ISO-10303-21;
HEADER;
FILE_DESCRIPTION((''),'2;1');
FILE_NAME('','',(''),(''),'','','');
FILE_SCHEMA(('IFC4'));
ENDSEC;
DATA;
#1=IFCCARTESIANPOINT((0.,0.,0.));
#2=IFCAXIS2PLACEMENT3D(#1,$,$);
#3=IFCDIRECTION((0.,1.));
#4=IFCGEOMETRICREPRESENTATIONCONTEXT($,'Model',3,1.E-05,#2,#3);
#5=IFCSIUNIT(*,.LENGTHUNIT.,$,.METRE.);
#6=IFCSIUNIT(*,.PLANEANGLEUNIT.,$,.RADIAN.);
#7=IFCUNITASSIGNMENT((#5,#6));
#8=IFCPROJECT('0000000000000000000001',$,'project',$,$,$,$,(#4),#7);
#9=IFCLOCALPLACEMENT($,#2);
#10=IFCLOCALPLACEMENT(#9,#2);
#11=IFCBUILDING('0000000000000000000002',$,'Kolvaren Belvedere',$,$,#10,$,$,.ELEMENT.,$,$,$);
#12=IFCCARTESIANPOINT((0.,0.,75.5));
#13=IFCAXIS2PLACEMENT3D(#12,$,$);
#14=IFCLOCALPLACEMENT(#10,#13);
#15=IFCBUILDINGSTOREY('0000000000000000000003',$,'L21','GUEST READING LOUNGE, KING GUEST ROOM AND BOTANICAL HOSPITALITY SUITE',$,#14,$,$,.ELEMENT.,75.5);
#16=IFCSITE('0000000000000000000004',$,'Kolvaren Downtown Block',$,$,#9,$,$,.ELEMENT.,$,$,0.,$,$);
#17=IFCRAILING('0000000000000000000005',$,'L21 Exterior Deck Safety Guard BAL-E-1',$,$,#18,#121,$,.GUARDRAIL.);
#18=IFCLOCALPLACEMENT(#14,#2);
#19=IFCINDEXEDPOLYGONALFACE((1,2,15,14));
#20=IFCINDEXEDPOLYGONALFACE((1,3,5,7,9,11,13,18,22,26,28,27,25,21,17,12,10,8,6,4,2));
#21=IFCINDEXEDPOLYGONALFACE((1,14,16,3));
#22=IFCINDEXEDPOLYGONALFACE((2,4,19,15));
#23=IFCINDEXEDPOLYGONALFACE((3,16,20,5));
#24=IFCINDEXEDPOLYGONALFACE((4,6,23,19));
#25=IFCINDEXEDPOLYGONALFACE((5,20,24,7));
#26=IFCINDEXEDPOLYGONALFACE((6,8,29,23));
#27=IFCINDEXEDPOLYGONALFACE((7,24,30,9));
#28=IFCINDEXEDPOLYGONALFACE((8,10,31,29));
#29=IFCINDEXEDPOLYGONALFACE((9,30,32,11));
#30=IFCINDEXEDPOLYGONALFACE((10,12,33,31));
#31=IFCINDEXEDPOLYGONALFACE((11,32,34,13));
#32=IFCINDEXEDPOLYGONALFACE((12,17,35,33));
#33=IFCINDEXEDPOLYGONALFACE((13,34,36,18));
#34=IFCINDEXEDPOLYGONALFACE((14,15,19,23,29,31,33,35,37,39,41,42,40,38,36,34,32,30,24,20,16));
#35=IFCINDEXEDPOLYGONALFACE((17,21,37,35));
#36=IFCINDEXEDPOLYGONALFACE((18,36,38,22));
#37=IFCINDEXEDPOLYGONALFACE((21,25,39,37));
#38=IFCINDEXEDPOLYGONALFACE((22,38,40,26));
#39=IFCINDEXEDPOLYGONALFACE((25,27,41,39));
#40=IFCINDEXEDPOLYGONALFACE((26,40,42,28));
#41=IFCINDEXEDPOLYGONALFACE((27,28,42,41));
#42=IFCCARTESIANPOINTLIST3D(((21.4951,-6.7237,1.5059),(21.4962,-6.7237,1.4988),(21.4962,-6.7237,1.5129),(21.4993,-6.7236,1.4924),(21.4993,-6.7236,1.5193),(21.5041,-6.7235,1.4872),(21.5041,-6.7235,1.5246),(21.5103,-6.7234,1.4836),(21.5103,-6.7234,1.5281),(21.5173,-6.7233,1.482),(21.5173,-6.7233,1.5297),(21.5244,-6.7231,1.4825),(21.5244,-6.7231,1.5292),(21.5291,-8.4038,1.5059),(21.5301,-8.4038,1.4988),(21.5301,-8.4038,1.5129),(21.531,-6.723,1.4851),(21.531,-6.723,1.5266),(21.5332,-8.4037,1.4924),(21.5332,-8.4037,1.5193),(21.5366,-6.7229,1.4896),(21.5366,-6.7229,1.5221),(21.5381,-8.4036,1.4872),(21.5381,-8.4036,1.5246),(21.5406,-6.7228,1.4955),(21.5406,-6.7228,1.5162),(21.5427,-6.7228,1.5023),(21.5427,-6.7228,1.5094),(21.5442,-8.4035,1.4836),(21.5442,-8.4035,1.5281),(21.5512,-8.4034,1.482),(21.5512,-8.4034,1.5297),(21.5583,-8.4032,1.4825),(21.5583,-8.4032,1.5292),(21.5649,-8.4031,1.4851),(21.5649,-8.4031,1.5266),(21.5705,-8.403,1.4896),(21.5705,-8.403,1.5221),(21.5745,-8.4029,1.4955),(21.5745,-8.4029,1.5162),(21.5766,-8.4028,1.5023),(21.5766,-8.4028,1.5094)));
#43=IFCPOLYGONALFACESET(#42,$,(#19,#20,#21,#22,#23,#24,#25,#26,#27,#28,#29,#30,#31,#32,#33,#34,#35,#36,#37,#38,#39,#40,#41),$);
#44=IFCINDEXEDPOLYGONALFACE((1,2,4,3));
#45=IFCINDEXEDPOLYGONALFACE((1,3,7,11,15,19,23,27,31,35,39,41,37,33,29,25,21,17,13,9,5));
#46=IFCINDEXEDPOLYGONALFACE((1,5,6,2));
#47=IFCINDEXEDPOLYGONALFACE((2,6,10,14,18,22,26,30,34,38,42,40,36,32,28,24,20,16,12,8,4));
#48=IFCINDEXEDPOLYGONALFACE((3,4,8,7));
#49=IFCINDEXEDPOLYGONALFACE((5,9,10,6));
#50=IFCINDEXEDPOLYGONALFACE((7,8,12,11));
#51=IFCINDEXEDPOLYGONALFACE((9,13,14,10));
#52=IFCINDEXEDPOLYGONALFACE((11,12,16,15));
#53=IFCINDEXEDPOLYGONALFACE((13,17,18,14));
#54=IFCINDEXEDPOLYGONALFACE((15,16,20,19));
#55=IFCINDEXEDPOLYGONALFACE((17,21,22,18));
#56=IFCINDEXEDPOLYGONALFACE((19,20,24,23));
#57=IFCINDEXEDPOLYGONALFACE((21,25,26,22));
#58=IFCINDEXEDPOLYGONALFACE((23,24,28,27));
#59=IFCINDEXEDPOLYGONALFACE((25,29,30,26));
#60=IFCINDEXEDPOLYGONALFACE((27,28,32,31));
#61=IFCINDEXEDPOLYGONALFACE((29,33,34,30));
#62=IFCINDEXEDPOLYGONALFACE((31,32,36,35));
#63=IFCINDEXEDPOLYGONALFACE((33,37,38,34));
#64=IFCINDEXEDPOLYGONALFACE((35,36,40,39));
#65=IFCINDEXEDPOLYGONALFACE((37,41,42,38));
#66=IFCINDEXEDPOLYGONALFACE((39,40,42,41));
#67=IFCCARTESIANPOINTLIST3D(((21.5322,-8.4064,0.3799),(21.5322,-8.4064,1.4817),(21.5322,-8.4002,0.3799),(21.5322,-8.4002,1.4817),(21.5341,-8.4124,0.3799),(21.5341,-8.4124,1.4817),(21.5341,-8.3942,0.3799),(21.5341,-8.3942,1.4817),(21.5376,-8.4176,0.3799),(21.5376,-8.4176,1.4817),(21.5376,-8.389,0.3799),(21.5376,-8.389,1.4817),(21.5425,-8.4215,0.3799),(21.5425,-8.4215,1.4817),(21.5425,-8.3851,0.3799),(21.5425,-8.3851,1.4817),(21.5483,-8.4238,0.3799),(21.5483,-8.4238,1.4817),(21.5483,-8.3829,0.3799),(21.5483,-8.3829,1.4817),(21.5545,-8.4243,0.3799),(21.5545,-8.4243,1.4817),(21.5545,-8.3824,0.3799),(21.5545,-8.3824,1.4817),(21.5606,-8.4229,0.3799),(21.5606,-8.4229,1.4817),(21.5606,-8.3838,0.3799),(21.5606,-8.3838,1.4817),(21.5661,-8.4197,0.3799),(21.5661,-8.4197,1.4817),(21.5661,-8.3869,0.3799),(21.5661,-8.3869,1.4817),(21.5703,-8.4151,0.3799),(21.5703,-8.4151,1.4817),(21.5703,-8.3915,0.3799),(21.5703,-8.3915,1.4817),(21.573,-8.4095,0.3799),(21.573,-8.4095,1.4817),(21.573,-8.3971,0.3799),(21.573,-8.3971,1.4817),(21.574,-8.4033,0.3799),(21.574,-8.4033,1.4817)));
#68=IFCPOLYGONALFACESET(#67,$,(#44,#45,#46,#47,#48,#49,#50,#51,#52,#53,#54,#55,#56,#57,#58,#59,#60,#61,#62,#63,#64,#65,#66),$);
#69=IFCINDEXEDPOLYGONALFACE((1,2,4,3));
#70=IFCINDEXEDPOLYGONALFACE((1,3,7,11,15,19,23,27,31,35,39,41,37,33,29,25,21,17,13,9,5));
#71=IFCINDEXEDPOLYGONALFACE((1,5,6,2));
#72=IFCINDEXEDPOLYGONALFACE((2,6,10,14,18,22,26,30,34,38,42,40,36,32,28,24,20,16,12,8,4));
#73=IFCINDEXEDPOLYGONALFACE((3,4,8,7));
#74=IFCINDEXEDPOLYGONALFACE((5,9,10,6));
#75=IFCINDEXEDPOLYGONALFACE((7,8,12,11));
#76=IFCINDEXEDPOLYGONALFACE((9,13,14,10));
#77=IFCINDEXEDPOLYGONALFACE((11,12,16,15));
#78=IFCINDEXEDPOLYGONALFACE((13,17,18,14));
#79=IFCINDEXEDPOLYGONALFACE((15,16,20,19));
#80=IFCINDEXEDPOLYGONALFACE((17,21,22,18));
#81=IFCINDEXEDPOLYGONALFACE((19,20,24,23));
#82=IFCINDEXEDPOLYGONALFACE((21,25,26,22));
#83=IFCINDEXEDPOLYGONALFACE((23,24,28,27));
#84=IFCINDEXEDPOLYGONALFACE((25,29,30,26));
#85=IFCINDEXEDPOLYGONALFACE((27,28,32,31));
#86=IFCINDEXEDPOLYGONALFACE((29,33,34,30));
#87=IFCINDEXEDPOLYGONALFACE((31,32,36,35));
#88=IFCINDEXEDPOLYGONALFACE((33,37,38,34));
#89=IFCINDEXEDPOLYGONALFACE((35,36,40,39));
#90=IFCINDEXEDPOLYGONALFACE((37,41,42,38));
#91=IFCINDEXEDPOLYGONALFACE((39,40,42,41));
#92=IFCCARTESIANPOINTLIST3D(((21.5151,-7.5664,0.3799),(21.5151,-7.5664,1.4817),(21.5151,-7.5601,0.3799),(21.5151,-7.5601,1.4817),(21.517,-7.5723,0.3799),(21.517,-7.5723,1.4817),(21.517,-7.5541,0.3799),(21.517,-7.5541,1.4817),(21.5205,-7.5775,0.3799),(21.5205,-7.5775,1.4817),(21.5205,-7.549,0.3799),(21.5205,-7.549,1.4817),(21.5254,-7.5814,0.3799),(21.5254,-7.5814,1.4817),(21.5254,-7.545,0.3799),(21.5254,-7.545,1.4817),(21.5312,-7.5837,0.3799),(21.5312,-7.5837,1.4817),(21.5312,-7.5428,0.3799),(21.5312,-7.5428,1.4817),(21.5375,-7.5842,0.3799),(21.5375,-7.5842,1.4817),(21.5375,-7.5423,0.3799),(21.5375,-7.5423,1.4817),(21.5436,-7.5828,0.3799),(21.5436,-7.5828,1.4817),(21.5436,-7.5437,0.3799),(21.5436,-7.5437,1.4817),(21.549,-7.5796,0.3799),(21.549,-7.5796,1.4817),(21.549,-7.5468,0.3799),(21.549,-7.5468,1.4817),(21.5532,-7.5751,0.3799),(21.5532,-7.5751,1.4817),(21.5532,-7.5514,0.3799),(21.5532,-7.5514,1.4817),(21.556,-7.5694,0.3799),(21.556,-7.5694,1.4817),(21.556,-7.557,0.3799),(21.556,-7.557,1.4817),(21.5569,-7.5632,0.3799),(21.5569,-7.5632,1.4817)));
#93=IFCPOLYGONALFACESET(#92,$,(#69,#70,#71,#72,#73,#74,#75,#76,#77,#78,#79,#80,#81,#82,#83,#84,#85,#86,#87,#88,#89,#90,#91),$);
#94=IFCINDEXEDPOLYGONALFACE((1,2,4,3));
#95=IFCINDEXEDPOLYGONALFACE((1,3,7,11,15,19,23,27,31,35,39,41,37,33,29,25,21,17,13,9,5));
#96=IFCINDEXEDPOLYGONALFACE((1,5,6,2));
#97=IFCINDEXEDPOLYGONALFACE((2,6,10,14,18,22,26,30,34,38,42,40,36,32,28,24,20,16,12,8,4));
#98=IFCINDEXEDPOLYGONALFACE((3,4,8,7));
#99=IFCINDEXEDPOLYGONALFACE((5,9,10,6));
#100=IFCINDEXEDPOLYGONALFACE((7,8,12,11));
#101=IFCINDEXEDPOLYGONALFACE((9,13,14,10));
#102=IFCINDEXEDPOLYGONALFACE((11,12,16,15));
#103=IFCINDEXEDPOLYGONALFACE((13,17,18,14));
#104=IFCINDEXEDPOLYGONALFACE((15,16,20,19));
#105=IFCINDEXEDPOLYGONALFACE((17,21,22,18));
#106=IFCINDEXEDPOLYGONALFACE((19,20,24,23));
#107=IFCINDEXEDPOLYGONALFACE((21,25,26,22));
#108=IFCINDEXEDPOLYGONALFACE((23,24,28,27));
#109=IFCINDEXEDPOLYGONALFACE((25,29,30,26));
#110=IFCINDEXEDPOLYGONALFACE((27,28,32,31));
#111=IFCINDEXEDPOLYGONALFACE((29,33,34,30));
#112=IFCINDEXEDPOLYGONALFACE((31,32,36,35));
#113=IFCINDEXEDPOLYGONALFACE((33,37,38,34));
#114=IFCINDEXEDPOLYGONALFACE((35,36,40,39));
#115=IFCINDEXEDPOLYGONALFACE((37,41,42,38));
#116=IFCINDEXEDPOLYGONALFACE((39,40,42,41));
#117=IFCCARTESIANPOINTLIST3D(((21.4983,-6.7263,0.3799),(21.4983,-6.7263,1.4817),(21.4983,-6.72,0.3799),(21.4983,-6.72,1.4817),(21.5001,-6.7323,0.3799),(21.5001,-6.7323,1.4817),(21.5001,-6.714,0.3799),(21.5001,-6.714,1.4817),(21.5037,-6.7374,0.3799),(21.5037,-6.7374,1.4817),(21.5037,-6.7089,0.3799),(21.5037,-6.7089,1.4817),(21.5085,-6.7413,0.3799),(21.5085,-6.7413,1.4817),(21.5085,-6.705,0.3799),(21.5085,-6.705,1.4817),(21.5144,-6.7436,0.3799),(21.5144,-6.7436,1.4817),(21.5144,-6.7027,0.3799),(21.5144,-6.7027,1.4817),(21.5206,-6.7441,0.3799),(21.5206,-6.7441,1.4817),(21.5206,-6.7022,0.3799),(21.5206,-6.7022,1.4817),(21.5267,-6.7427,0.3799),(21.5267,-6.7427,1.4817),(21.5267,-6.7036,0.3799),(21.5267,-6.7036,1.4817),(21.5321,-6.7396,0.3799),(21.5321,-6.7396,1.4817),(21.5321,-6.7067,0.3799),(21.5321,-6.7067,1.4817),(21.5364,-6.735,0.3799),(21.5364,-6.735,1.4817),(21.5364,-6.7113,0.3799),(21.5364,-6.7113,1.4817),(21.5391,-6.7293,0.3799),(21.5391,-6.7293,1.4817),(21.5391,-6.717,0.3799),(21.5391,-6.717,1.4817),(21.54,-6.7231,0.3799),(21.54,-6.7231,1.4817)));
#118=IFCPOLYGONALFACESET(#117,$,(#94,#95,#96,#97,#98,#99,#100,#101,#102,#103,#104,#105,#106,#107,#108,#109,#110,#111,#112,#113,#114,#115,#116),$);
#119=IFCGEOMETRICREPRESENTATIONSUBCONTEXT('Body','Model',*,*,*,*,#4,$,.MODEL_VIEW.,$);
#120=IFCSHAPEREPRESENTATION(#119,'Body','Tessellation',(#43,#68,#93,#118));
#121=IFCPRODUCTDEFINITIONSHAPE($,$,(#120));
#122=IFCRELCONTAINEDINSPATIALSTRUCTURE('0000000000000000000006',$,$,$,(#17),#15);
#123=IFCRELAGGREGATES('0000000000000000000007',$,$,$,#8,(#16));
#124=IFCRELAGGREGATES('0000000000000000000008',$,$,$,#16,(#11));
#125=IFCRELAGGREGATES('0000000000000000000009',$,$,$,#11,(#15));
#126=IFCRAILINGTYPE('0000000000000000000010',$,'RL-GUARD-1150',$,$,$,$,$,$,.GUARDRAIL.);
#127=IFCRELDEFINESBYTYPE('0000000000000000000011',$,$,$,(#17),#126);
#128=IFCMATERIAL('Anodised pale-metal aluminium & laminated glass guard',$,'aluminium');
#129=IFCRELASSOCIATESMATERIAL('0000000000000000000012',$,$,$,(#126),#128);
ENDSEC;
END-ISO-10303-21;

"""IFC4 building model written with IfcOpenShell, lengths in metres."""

from ifc_helpers import new_model, si_unit, direction, frame, origin, origin_2d, place, context, subcontext, project, spatial, circle, extrude, material, type_object, element, save


model = new_model("IFC4")

# Units and contexts
model_context = context("Model", 3, precision=1e-05, world=origin(), true_north=direction((0.0, 1.0)))
body_context = subcontext(model_context, "Body", "Model", "MODEL_VIEW")
ifc_project = project(units=[si_unit("LENGTHUNIT", "METRE"), si_unit("PLANEANGLEUNIT", "RADIAN")], contexts=[model_context])

# Site, building, storey
site_placement = place(None, origin())
site = spatial("IfcSite", under=ifc_project, at=site_placement, Name="Kolvaren Downtown Block", CompositionType="ELEMENT", RefElevation=0.0)
building_placement = place(site_placement, origin())
building = spatial("IfcBuilding", under=site, at=building_placement, Name="Kolvaren Belvedere", CompositionType="ELEMENT")
storey_placement = place(building_placement, frame((0.0, 0.0, 75.5)))
storey = spatial("IfcBuildingStorey", under=building, at=storey_placement, Name="L21", Description="GUEST READING LOUNGE, KING GUEST ROOM AND BOTANICAL HOSPITALITY SUITE", CompositionType="ELEMENT", Elevation=75.5)

# Railing
ifc_material_1 = material(Name="Anodised pale-metal aluminium & laminated glass guard", Category="aluminium")
railing_type = type_object("IfcRailingType", Name="RL-GUARD-1150", PredefinedType="GUARDRAIL", material=ifc_material_1)
railing_1_placement = place(storey_placement, frame((21.553, -8.4033, 0.3799)))
element("IfcRailing", 1, at=railing_1_placement, inside=storey, type_object=railing_type, Name="L21 Exterior Deck Safety Guard BAL-E-1", PredefinedType="GUARDRAIL", context=body_context, shape_type="SweptSolid", body=[
    extrude(circle(Radius=0.0239, at=origin_2d()), frame((0.0, 0.0, 1.126), z_axis=(-0.020193, 0.999796, 0.0), x_axis=(-0.999796, -0.020193, 0.0)), (0.0, 0.0, 1.0), 1.6804),
    extrude(circle(Radius=0.021, at=origin_2d()), origin(), (0.0, 0.0, 1.0), 1.1018),
    extrude(circle(Radius=0.021, at=origin_2d()), frame((-0.0171, 0.8401, 0.0)), (0.0, 0.0, 1.0), 1.1018),
    extrude(circle(Radius=0.021, at=origin_2d()), frame((-0.0339, 1.6802, 0.0)), (0.0, 0.0, 1.0), 1.1018),
])

save(model, "model.ifc")
